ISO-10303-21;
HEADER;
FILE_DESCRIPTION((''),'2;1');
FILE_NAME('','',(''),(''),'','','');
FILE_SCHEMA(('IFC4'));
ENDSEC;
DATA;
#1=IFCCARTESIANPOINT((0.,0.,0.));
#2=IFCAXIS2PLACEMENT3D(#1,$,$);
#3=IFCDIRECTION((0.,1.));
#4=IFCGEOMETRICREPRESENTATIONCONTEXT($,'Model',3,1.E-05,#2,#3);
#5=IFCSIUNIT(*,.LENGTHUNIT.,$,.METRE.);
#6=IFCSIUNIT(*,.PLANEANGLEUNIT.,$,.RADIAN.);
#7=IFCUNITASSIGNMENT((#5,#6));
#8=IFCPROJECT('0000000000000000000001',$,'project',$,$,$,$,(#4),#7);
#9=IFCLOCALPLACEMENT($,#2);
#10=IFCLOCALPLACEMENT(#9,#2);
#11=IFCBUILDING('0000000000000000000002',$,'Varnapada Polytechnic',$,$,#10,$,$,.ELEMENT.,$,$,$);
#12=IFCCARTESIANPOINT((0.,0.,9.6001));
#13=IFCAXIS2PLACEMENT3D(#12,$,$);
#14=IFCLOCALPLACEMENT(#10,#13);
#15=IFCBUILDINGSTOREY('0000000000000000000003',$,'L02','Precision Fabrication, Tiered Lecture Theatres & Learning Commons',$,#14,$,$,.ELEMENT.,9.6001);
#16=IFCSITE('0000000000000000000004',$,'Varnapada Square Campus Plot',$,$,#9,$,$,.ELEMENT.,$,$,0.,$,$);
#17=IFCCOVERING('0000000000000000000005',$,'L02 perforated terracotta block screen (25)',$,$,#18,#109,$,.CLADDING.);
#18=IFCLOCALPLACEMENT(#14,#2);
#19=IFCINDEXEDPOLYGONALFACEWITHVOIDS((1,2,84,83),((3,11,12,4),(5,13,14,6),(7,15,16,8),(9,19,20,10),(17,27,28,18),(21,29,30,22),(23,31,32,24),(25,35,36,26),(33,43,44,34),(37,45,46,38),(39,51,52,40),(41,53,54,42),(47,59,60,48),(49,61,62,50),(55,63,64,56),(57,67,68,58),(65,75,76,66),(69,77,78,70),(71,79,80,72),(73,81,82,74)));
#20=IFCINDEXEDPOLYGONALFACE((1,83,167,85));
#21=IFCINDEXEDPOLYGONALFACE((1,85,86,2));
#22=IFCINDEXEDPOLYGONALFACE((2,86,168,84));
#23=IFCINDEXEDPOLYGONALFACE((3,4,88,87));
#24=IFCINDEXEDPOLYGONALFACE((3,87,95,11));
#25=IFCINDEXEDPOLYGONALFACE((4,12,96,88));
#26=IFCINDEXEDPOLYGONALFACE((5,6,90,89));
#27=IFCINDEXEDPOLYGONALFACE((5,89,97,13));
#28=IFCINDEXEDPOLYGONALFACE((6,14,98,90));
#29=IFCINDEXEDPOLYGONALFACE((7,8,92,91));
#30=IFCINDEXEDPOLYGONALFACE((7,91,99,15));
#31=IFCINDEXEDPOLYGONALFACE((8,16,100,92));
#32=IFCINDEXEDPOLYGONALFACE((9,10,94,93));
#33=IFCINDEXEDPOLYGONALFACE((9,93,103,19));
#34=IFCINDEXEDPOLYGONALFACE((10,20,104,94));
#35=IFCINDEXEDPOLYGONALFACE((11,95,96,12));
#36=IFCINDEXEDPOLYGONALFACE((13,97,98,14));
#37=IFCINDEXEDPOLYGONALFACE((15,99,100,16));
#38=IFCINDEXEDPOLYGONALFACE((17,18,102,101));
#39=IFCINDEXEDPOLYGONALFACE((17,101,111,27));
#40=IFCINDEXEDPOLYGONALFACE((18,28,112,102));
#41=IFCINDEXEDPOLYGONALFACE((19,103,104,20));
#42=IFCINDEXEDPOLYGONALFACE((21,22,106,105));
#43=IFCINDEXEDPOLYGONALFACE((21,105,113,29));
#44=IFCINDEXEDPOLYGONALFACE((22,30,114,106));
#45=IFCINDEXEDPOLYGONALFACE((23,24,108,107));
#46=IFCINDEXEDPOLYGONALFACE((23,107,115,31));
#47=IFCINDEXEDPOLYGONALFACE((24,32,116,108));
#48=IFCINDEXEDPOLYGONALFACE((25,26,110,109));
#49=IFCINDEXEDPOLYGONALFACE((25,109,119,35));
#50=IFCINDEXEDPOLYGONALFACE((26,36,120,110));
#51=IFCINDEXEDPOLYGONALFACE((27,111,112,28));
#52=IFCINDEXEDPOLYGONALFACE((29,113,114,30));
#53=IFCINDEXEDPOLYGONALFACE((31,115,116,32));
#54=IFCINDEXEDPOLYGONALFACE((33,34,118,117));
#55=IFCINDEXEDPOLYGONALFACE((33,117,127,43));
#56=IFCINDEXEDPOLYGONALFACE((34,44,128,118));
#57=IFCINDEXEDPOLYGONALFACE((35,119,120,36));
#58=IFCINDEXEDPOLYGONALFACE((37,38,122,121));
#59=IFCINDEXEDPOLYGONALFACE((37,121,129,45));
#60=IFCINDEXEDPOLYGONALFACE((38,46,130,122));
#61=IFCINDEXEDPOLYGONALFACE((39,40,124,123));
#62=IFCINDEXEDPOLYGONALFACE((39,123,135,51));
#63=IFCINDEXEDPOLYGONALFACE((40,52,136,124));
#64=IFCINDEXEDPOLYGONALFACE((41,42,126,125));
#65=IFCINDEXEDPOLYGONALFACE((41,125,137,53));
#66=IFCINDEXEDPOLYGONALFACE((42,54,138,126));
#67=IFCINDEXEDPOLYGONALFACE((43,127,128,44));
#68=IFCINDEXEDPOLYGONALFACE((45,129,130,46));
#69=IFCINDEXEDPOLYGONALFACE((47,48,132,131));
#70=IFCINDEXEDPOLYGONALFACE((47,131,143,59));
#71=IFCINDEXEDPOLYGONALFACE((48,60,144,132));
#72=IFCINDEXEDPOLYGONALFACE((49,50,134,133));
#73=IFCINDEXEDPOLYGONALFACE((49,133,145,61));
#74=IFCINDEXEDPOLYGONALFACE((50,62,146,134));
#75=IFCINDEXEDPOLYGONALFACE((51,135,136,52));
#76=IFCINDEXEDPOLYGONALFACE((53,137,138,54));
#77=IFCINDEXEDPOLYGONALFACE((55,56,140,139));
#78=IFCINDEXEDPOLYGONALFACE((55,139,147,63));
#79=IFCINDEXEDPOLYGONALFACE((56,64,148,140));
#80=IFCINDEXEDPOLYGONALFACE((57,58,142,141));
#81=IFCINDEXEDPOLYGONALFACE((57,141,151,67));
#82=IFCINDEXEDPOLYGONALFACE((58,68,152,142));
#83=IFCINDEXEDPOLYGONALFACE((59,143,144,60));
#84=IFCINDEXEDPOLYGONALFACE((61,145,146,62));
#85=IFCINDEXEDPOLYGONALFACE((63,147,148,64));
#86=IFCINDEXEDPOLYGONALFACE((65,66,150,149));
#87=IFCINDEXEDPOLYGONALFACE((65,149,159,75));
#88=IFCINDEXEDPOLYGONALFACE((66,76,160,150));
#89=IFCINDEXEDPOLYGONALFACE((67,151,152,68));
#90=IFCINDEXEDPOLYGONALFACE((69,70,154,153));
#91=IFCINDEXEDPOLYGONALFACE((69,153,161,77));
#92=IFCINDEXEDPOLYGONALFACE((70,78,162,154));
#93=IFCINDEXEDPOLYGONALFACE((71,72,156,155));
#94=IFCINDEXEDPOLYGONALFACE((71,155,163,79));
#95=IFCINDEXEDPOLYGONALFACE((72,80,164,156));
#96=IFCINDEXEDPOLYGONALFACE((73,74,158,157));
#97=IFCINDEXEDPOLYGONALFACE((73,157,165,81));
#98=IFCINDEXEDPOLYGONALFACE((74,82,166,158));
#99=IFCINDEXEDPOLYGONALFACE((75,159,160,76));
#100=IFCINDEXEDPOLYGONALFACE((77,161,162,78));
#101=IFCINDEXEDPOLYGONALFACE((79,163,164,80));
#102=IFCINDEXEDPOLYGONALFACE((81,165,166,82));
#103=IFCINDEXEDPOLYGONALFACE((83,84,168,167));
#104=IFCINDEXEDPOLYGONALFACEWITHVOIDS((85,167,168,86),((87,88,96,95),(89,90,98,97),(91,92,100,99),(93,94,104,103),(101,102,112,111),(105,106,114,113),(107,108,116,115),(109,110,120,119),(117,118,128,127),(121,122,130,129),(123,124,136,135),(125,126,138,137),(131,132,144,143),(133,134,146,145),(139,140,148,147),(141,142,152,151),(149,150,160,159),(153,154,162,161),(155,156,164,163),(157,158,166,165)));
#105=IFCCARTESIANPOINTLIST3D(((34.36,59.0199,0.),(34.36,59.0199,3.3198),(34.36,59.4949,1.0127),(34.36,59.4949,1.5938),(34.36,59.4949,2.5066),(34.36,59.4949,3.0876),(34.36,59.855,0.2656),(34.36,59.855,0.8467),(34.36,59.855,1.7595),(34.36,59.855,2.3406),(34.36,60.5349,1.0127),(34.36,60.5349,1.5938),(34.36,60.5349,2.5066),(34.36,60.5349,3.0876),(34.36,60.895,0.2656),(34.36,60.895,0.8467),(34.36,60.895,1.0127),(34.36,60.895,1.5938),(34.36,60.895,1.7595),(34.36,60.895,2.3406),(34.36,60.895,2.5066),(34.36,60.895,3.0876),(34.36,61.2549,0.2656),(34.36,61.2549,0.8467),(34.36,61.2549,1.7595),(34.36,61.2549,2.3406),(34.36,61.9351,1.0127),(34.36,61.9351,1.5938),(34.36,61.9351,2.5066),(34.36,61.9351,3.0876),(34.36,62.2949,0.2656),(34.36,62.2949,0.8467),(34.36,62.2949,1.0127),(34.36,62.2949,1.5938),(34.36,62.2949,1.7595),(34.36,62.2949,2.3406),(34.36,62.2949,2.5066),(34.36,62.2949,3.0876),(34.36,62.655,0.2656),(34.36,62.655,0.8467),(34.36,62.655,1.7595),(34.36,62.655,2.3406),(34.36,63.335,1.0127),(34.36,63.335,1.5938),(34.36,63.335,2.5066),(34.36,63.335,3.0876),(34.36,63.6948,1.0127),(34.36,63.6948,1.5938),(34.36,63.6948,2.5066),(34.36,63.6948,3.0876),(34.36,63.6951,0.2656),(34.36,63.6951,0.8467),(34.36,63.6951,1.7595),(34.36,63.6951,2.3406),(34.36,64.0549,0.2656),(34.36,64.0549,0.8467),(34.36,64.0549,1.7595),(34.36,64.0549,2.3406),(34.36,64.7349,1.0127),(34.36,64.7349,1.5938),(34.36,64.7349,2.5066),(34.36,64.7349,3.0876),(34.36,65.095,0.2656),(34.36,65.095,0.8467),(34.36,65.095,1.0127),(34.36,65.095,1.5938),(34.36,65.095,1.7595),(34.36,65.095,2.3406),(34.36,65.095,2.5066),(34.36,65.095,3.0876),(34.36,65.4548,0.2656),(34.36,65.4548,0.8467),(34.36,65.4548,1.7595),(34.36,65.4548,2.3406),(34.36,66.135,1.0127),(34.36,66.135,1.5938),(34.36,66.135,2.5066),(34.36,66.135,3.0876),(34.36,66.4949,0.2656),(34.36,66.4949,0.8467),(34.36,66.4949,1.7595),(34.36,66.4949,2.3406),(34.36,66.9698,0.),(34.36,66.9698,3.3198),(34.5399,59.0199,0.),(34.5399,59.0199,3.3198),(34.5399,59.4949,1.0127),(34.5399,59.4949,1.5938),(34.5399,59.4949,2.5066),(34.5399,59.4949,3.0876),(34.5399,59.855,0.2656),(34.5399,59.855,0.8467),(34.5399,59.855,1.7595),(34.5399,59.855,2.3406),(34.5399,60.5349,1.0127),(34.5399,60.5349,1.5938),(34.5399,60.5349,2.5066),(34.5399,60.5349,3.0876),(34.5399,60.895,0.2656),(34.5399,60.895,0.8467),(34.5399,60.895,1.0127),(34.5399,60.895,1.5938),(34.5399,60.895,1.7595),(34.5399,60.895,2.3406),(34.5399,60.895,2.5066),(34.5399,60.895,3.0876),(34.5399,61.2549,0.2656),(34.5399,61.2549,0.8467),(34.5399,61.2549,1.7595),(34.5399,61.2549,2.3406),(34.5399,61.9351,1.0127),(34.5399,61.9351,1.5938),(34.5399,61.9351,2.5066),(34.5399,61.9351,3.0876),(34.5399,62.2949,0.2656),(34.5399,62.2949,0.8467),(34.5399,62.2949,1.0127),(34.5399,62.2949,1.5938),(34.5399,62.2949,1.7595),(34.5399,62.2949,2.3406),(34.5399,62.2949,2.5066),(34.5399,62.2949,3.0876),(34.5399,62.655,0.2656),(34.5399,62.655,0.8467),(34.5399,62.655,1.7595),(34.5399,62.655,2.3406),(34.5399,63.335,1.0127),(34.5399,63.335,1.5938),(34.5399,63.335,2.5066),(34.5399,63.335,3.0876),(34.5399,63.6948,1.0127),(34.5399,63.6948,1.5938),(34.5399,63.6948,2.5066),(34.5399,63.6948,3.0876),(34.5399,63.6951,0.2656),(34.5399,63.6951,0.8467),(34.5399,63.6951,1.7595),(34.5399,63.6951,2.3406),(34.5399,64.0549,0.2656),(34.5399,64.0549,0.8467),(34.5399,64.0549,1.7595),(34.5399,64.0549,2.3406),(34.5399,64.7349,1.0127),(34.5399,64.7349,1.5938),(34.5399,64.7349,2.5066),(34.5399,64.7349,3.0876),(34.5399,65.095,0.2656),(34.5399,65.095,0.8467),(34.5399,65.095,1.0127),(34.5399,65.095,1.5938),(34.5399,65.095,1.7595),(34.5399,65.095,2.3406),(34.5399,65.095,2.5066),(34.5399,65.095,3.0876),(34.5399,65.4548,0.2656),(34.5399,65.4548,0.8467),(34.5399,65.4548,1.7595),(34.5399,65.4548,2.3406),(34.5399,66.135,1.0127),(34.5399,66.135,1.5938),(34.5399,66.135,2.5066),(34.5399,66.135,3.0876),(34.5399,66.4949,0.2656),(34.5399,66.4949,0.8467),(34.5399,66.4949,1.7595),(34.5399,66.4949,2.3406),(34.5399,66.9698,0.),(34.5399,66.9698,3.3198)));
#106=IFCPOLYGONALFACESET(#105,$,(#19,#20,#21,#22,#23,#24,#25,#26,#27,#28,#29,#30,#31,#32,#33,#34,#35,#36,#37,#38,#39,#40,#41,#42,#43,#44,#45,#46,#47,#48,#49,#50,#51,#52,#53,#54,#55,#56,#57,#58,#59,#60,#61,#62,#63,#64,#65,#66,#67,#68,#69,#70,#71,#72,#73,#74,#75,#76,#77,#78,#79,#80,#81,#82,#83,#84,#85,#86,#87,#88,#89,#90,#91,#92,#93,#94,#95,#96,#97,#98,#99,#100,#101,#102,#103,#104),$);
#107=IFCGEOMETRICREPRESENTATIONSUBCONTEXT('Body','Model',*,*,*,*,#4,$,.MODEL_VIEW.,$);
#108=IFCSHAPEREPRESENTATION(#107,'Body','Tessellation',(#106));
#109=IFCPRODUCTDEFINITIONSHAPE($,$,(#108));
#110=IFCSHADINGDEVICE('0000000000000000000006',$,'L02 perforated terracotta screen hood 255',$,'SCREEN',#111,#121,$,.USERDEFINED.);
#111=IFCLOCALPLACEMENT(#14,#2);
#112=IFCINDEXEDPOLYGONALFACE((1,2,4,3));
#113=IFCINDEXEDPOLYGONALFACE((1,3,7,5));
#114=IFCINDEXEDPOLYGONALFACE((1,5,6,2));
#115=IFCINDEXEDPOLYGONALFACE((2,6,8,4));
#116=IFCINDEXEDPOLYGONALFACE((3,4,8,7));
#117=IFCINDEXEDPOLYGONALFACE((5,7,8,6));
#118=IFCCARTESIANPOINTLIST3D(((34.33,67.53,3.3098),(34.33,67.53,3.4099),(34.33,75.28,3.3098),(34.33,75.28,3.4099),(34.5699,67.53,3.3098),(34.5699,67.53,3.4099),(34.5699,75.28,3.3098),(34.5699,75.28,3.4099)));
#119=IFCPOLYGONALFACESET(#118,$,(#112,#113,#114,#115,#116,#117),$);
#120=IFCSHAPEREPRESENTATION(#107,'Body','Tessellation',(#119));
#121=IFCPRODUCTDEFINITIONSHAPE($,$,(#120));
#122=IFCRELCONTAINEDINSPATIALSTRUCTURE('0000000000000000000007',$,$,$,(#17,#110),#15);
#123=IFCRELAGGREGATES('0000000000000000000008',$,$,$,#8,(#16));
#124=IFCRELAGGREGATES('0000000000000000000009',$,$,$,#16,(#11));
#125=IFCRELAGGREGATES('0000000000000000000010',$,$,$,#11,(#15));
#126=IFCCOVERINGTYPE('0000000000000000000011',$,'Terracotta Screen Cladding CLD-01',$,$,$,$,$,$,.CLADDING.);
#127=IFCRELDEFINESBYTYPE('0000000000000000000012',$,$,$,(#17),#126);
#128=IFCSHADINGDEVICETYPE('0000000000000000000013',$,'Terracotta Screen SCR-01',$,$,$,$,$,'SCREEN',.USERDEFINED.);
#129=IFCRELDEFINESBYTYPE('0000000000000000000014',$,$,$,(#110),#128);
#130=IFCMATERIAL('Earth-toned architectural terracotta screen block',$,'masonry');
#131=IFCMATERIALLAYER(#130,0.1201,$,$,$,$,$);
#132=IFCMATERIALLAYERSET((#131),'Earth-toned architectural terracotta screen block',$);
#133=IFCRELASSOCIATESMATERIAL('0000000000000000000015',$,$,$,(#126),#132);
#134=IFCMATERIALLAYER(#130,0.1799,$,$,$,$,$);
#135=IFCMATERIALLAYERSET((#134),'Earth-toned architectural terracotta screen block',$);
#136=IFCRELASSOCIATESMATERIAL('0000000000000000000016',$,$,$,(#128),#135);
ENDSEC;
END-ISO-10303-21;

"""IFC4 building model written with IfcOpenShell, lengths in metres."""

from ifc_helpers import new_model, si_unit, direction, frame, frame_2d, origin, origin_2d, place, context, subcontext, project, spatial, rectangle, extrude, material, layer, layer_set, type_object, element, save


model = new_model("IFC4")

# Units and contexts
model_context = context("Model", 3, precision=1e-05, world=origin(), true_north=direction((0.0, 1.0)))
body_context = subcontext(model_context, "Body", "Model", "MODEL_VIEW")
ifc_project = project(units=[si_unit("LENGTHUNIT", "METRE"), si_unit("PLANEANGLEUNIT", "RADIAN")], contexts=[model_context])

# Site, building, storey
site_placement = place(None, origin())
site = spatial("IfcSite", under=ifc_project, at=site_placement, Name="Varnapada Square Campus Plot", CompositionType="ELEMENT", RefElevation=0.0)
building_placement = place(site_placement, origin())
building = spatial("IfcBuilding", under=site, at=building_placement, Name="Varnapada Polytechnic", CompositionType="ELEMENT")
storey_placement = place(building_placement, frame((0.0, 0.0, 9.6001)))
storey = spatial("IfcBuildingStorey", under=building, at=storey_placement, Name="L02", Description="Precision Fabrication, Tiered Lecture Theatres & Learning Commons", CompositionType="ELEMENT", Elevation=9.6001)

# Covering, openings
ifc_material_1 = material(Name="Earth-toned architectural terracotta screen block", Category="masonry")
ifc_layer_1 = layer(ifc_material_1, 0.1201)
ifc_layer_set_1 = layer_set([ifc_layer_1], Name="Earth-toned architectural terracotta screen block")
covering_type = type_object("IfcCoveringType", Name="Terracotta Screen Cladding CLD-01", PredefinedType="CLADDING", material=ifc_layer_set_1)
covering_placement = place(storey_placement, frame((34.45, 66.97, 0.0), z_axis=(0.0, 0.0, 1.0), x_axis=(0.0, -1.0, 0.0)))
covering = element("IfcCovering", 1, at=covering_placement, inside=storey, type_object=covering_type, Name="L02 perforated terracotta block screen (25)", PredefinedType="CLADDING", context=body_context, shape_type="SweptSolid", body=[
    extrude(rectangle(XDim=7.95, YDim=0.1799, at=frame_2d((3.9751, 0.0))), origin(), (0.0, 0.0, 1.0), 3.3198),
])
opening_1_placement = place(covering_placement, frame((0.4751, 0.0, 0.2656)))
element("IfcOpeningElement", 2, at=opening_1_placement, cuts=covering, PredefinedType="OPENING", context=body_context, shape_type="SweptSolid", body=[
    extrude(rectangle(XDim=1.04, YDim=0.5811, at=frame_2d((0.52, 0.2905))), frame((0.0, 0.0999, 0.0), z_axis=(0.0, -1.0, 0.0), x_axis=(1.0, 0.0, 0.0)), (0.0, 0.0, 1.0), 0.2),
])
opening_2_placement = place(covering_placement, frame((1.875, 0.0, 0.2656)))
element("IfcOpeningElement", 3, at=opening_2_placement, cuts=covering, PredefinedType="OPENING", context=body_context, shape_type="SweptSolid", body=[
    extrude(rectangle(XDim=1.04, YDim=0.5811, at=frame_2d((0.52, 0.2905))), frame((0.0, 0.0999, 0.0), z_axis=(0.0, -1.0, 0.0), x_axis=(1.0, 0.0, 0.0)), (0.0, 0.0, 1.0), 0.2),
])
opening_3_placement = place(covering_placement, frame((3.2749, 0.0, 0.2656)))
element("IfcOpeningElement", 4, at=opening_3_placement, cuts=covering, PredefinedType="OPENING", context=body_context, shape_type="SweptSolid", body=[
    extrude(rectangle(XDim=1.04, YDim=0.5811, at=frame_2d((0.52, 0.2905))), frame((0.0, 0.0999, 0.0), z_axis=(0.0, -1.0, 0.0), x_axis=(1.0, 0.0, 0.0)), (0.0, 0.0, 1.0), 0.2),
])
opening_4_placement = place(covering_placement, frame((4.675, 0.0, 0.2656)))
element("IfcOpeningElement", 5, at=opening_4_placement, cuts=covering, PredefinedType="OPENING", context=body_context, shape_type="SweptSolid", body=[
    extrude(rectangle(XDim=1.04, YDim=0.5811, at=frame_2d((0.52, 0.2905))), frame((0.0, 0.0999, 0.0), z_axis=(0.0, -1.0, 0.0), x_axis=(1.0, 0.0, 0.0)), (0.0, 0.0, 1.0), 0.2),
])
opening_5_placement = place(covering_placement, frame((6.075, 0.0, 0.2656)))
element("IfcOpeningElement", 6, at=opening_5_placement, cuts=covering, PredefinedType="OPENING", context=body_context, shape_type="SweptSolid", body=[
    extrude(rectangle(XDim=1.04, YDim=0.5811, at=frame_2d((0.52, 0.2905))), frame((0.0, 0.0999, 0.0), z_axis=(0.0, -1.0, 0.0), x_axis=(1.0, 0.0, 0.0)), (0.0, 0.0, 1.0), 0.2),
])
opening_6_placement = place(covering_placement, frame((0.835, 0.0, 1.0127)))
element("IfcOpeningElement", 7, at=opening_6_placement, cuts=covering, PredefinedType="OPENING", context=body_context, shape_type="SweptSolid", body=[
    extrude(rectangle(XDim=1.04, YDim=0.5811, at=frame_2d((0.52, 0.2905))), frame((0.0, 0.0999, 0.0), z_axis=(0.0, -1.0, 0.0), x_axis=(1.0, 0.0, 0.0)), (0.0, 0.0, 1.0), 0.2),
])
opening_7_placement = place(covering_placement, frame((2.2351, 0.0, 1.0127)))
element("IfcOpeningElement", 8, at=opening_7_placement, cuts=covering, PredefinedType="OPENING", context=body_context, shape_type="SweptSolid", body=[
    extrude(rectangle(XDim=1.04, YDim=0.5811, at=frame_2d((0.52, 0.2905))), frame((0.0, 0.0999, 0.0), z_axis=(0.0, -1.0, 0.0), x_axis=(1.0, 0.0, 0.0)), (0.0, 0.0, 1.0), 0.2),
])
opening_8_placement = place(covering_placement, frame((3.635, 0.0, 1.0127)))
element("IfcOpeningElement", 9, at=opening_8_placement, cuts=covering, PredefinedType="OPENING", context=body_context, shape_type="SweptSolid", body=[
    extrude(rectangle(XDim=1.04, YDim=0.5811, at=frame_2d((0.52, 0.2905))), frame((0.0, 0.0999, 0.0), z_axis=(0.0, -1.0, 0.0), x_axis=(1.0, 0.0, 0.0)), (0.0, 0.0, 1.0), 0.2),
])
opening_9_placement = place(covering_placement, frame((5.0349, 0.0, 1.0127)))
element("IfcOpeningElement", 10, at=opening_9_placement, cuts=covering, PredefinedType="OPENING", context=body_context, shape_type="SweptSolid", body=[
    extrude(rectangle(XDim=1.04, YDim=0.5811, at=frame_2d((0.52, 0.2905))), frame((0.0, 0.0999, 0.0), z_axis=(0.0, -1.0, 0.0), x_axis=(1.0, 0.0, 0.0)), (0.0, 0.0, 1.0), 0.2),
])
opening_10_placement = place(covering_placement, frame((6.4351, 0.0, 1.0127)))
element("IfcOpeningElement", 11, at=opening_10_placement, cuts=covering, PredefinedType="OPENING", context=body_context, shape_type="SweptSolid", body=[
    extrude(rectangle(XDim=1.04, YDim=0.5811, at=frame_2d((0.52, 0.2905))), frame((0.0, 0.0999, 0.0), z_axis=(0.0, -1.0, 0.0), x_axis=(1.0, 0.0, 0.0)), (0.0, 0.0, 1.0), 0.2),
])
opening_11_placement = place(covering_placement, frame((0.4751, 0.0, 1.7595)))
element("IfcOpeningElement", 12, at=opening_11_placement, cuts=covering, PredefinedType="OPENING", context=body_context, shape_type="SweptSolid", body=[
    extrude(rectangle(XDim=1.04, YDim=0.5811, at=frame_2d((0.52, 0.2905))), frame((0.0, 0.0999, 0.0), z_axis=(0.0, -1.0, 0.0), x_axis=(1.0, 0.0, 0.0)), (0.0, 0.0, 1.0), 0.2),
])
opening_12_placement = place(covering_placement, frame((1.875, 0.0, 1.7595)))
element("IfcOpeningElement", 13, at=opening_12_placement, cuts=covering, PredefinedType="OPENING", context=body_context, shape_type="SweptSolid", body=[
    extrude(rectangle(XDim=1.04, YDim=0.5811, at=frame_2d((0.52, 0.2905))), frame((0.0, 0.0999, 0.0), z_axis=(0.0, -1.0, 0.0), x_axis=(1.0, 0.0, 0.0)), (0.0, 0.0, 1.0), 0.2),
])
opening_13_placement = place(covering_placement, frame((3.2749, 0.0, 1.7595)))
element("IfcOpeningElement", 14, at=opening_13_placement, cuts=covering, PredefinedType="OPENING", context=body_context, shape_type="SweptSolid", body=[
    extrude(rectangle(XDim=1.04, YDim=0.5811, at=frame_2d((0.52, 0.2905))), frame((0.0, 0.0999, 0.0), z_axis=(0.0, -1.0, 0.0), x_axis=(1.0, 0.0, 0.0)), (0.0, 0.0, 1.0), 0.2),
])
opening_14_placement = place(covering_placement, frame((4.675, 0.0, 1.7595)))
element("IfcOpeningElement", 15, at=opening_14_placement, cuts=covering, PredefinedType="OPENING", context=body_context, shape_type="SweptSolid", body=[
    extrude(rectangle(XDim=1.04, YDim=0.5811, at=frame_2d((0.52, 0.2905))), frame((0.0, 0.0999, 0.0), z_axis=(0.0, -1.0, 0.0), x_axis=(1.0, 0.0, 0.0)), (0.0, 0.0, 1.0), 0.2),
])
opening_15_placement = place(covering_placement, frame((6.075, 0.0, 1.7595)))
element("IfcOpeningElement", 16, at=opening_15_placement, cuts=covering, PredefinedType="OPENING", context=body_context, shape_type="SweptSolid", body=[
    extrude(rectangle(XDim=1.04, YDim=0.5811, at=frame_2d((0.52, 0.2905))), frame((0.0, 0.0999, 0.0), z_axis=(0.0, -1.0, 0.0), x_axis=(1.0, 0.0, 0.0)), (0.0, 0.0, 1.0), 0.2),
])
opening_16_placement = place(covering_placement, frame((0.835, 0.0, 2.5066)))
element("IfcOpeningElement", 17, at=opening_16_placement, cuts=covering, PredefinedType="OPENING", context=body_context, shape_type="SweptSolid", body=[
    extrude(rectangle(XDim=1.04, YDim=0.5811, at=frame_2d((0.52, 0.2905))), frame((0.0, 0.0999, 0.0), z_axis=(0.0, -1.0, 0.0), x_axis=(1.0, 0.0, 0.0)), (0.0, 0.0, 1.0), 0.2),
])
opening_17_placement = place(covering_placement, frame((2.2351, 0.0, 2.5066)))
element("IfcOpeningElement", 18, at=opening_17_placement, cuts=covering, PredefinedType="OPENING", context=body_context, shape_type="SweptSolid", body=[
    extrude(rectangle(XDim=1.04, YDim=0.5811, at=frame_2d((0.52, 0.2905))), frame((0.0, 0.0999, 0.0), z_axis=(0.0, -1.0, 0.0), x_axis=(1.0, 0.0, 0.0)), (0.0, 0.0, 1.0), 0.2),
])
opening_18_placement = place(covering_placement, frame((3.635, 0.0, 2.5066)))
element("IfcOpeningElement", 19, at=opening_18_placement, cuts=covering, PredefinedType="OPENING", context=body_context, shape_type="SweptSolid", body=[
    extrude(rectangle(XDim=1.04, YDim=0.5811, at=frame_2d((0.52, 0.2905))), frame((0.0, 0.0999, 0.0), z_axis=(0.0, -1.0, 0.0), x_axis=(1.0, 0.0, 0.0)), (0.0, 0.0, 1.0), 0.2),
])
opening_19_placement = place(covering_placement, frame((5.0349, 0.0, 2.5066)))
element("IfcOpeningElement", 20, at=opening_19_placement, cuts=covering, PredefinedType="OPENING", context=body_context, shape_type="SweptSolid", body=[
    extrude(rectangle(XDim=1.04, YDim=0.5811, at=frame_2d((0.52, 0.2905))), frame((0.0, 0.0999, 0.0), z_axis=(0.0, -1.0, 0.0), x_axis=(1.0, 0.0, 0.0)), (0.0, 0.0, 1.0), 0.2),
])
opening_20_placement = place(covering_placement, frame((6.4351, 0.0, 2.5066)))
element("IfcOpeningElement", 21, at=opening_20_placement, cuts=covering, PredefinedType="OPENING", context=body_context, shape_type="SweptSolid", body=[
    extrude(rectangle(XDim=1.04, YDim=0.5811, at=frame_2d((0.52, 0.2905))), frame((0.0, 0.0999, 0.0), z_axis=(0.0, -1.0, 0.0), x_axis=(1.0, 0.0, 0.0)), (0.0, 0.0, 1.0), 0.2),
])

# Shading device
ifc_layer_2 = layer(ifc_material_1, 0.1799)
ifc_layer_set_2 = layer_set([ifc_layer_2], Name="Earth-toned architectural terracotta screen block")
shading_device_type = type_object("IfcShadingDeviceType", Name="Terracotta Screen SCR-01", ElementType="SCREEN", PredefinedType="USERDEFINED", material=ifc_layer_set_2)
shading_device_placement = place(storey_placement, frame((34.45, 71.405, 3.3098), z_axis=(0.0, 0.0, 1.0), x_axis=(0.0, -1.0, 0.0)))
element("IfcShadingDevice", 22, at=shading_device_placement, inside=storey, type_object=shading_device_type, Name="L02 perforated terracotta screen hood 255", ObjectType="SCREEN", PredefinedType="USERDEFINED", context=body_context, shape_type="SweptSolid", body=[
    extrude(rectangle(XDim=7.75, YDim=0.24, at=origin_2d()), origin(), (0.0, 0.0, 1.0), 0.1001),
])

save(model, "model.ifc")
